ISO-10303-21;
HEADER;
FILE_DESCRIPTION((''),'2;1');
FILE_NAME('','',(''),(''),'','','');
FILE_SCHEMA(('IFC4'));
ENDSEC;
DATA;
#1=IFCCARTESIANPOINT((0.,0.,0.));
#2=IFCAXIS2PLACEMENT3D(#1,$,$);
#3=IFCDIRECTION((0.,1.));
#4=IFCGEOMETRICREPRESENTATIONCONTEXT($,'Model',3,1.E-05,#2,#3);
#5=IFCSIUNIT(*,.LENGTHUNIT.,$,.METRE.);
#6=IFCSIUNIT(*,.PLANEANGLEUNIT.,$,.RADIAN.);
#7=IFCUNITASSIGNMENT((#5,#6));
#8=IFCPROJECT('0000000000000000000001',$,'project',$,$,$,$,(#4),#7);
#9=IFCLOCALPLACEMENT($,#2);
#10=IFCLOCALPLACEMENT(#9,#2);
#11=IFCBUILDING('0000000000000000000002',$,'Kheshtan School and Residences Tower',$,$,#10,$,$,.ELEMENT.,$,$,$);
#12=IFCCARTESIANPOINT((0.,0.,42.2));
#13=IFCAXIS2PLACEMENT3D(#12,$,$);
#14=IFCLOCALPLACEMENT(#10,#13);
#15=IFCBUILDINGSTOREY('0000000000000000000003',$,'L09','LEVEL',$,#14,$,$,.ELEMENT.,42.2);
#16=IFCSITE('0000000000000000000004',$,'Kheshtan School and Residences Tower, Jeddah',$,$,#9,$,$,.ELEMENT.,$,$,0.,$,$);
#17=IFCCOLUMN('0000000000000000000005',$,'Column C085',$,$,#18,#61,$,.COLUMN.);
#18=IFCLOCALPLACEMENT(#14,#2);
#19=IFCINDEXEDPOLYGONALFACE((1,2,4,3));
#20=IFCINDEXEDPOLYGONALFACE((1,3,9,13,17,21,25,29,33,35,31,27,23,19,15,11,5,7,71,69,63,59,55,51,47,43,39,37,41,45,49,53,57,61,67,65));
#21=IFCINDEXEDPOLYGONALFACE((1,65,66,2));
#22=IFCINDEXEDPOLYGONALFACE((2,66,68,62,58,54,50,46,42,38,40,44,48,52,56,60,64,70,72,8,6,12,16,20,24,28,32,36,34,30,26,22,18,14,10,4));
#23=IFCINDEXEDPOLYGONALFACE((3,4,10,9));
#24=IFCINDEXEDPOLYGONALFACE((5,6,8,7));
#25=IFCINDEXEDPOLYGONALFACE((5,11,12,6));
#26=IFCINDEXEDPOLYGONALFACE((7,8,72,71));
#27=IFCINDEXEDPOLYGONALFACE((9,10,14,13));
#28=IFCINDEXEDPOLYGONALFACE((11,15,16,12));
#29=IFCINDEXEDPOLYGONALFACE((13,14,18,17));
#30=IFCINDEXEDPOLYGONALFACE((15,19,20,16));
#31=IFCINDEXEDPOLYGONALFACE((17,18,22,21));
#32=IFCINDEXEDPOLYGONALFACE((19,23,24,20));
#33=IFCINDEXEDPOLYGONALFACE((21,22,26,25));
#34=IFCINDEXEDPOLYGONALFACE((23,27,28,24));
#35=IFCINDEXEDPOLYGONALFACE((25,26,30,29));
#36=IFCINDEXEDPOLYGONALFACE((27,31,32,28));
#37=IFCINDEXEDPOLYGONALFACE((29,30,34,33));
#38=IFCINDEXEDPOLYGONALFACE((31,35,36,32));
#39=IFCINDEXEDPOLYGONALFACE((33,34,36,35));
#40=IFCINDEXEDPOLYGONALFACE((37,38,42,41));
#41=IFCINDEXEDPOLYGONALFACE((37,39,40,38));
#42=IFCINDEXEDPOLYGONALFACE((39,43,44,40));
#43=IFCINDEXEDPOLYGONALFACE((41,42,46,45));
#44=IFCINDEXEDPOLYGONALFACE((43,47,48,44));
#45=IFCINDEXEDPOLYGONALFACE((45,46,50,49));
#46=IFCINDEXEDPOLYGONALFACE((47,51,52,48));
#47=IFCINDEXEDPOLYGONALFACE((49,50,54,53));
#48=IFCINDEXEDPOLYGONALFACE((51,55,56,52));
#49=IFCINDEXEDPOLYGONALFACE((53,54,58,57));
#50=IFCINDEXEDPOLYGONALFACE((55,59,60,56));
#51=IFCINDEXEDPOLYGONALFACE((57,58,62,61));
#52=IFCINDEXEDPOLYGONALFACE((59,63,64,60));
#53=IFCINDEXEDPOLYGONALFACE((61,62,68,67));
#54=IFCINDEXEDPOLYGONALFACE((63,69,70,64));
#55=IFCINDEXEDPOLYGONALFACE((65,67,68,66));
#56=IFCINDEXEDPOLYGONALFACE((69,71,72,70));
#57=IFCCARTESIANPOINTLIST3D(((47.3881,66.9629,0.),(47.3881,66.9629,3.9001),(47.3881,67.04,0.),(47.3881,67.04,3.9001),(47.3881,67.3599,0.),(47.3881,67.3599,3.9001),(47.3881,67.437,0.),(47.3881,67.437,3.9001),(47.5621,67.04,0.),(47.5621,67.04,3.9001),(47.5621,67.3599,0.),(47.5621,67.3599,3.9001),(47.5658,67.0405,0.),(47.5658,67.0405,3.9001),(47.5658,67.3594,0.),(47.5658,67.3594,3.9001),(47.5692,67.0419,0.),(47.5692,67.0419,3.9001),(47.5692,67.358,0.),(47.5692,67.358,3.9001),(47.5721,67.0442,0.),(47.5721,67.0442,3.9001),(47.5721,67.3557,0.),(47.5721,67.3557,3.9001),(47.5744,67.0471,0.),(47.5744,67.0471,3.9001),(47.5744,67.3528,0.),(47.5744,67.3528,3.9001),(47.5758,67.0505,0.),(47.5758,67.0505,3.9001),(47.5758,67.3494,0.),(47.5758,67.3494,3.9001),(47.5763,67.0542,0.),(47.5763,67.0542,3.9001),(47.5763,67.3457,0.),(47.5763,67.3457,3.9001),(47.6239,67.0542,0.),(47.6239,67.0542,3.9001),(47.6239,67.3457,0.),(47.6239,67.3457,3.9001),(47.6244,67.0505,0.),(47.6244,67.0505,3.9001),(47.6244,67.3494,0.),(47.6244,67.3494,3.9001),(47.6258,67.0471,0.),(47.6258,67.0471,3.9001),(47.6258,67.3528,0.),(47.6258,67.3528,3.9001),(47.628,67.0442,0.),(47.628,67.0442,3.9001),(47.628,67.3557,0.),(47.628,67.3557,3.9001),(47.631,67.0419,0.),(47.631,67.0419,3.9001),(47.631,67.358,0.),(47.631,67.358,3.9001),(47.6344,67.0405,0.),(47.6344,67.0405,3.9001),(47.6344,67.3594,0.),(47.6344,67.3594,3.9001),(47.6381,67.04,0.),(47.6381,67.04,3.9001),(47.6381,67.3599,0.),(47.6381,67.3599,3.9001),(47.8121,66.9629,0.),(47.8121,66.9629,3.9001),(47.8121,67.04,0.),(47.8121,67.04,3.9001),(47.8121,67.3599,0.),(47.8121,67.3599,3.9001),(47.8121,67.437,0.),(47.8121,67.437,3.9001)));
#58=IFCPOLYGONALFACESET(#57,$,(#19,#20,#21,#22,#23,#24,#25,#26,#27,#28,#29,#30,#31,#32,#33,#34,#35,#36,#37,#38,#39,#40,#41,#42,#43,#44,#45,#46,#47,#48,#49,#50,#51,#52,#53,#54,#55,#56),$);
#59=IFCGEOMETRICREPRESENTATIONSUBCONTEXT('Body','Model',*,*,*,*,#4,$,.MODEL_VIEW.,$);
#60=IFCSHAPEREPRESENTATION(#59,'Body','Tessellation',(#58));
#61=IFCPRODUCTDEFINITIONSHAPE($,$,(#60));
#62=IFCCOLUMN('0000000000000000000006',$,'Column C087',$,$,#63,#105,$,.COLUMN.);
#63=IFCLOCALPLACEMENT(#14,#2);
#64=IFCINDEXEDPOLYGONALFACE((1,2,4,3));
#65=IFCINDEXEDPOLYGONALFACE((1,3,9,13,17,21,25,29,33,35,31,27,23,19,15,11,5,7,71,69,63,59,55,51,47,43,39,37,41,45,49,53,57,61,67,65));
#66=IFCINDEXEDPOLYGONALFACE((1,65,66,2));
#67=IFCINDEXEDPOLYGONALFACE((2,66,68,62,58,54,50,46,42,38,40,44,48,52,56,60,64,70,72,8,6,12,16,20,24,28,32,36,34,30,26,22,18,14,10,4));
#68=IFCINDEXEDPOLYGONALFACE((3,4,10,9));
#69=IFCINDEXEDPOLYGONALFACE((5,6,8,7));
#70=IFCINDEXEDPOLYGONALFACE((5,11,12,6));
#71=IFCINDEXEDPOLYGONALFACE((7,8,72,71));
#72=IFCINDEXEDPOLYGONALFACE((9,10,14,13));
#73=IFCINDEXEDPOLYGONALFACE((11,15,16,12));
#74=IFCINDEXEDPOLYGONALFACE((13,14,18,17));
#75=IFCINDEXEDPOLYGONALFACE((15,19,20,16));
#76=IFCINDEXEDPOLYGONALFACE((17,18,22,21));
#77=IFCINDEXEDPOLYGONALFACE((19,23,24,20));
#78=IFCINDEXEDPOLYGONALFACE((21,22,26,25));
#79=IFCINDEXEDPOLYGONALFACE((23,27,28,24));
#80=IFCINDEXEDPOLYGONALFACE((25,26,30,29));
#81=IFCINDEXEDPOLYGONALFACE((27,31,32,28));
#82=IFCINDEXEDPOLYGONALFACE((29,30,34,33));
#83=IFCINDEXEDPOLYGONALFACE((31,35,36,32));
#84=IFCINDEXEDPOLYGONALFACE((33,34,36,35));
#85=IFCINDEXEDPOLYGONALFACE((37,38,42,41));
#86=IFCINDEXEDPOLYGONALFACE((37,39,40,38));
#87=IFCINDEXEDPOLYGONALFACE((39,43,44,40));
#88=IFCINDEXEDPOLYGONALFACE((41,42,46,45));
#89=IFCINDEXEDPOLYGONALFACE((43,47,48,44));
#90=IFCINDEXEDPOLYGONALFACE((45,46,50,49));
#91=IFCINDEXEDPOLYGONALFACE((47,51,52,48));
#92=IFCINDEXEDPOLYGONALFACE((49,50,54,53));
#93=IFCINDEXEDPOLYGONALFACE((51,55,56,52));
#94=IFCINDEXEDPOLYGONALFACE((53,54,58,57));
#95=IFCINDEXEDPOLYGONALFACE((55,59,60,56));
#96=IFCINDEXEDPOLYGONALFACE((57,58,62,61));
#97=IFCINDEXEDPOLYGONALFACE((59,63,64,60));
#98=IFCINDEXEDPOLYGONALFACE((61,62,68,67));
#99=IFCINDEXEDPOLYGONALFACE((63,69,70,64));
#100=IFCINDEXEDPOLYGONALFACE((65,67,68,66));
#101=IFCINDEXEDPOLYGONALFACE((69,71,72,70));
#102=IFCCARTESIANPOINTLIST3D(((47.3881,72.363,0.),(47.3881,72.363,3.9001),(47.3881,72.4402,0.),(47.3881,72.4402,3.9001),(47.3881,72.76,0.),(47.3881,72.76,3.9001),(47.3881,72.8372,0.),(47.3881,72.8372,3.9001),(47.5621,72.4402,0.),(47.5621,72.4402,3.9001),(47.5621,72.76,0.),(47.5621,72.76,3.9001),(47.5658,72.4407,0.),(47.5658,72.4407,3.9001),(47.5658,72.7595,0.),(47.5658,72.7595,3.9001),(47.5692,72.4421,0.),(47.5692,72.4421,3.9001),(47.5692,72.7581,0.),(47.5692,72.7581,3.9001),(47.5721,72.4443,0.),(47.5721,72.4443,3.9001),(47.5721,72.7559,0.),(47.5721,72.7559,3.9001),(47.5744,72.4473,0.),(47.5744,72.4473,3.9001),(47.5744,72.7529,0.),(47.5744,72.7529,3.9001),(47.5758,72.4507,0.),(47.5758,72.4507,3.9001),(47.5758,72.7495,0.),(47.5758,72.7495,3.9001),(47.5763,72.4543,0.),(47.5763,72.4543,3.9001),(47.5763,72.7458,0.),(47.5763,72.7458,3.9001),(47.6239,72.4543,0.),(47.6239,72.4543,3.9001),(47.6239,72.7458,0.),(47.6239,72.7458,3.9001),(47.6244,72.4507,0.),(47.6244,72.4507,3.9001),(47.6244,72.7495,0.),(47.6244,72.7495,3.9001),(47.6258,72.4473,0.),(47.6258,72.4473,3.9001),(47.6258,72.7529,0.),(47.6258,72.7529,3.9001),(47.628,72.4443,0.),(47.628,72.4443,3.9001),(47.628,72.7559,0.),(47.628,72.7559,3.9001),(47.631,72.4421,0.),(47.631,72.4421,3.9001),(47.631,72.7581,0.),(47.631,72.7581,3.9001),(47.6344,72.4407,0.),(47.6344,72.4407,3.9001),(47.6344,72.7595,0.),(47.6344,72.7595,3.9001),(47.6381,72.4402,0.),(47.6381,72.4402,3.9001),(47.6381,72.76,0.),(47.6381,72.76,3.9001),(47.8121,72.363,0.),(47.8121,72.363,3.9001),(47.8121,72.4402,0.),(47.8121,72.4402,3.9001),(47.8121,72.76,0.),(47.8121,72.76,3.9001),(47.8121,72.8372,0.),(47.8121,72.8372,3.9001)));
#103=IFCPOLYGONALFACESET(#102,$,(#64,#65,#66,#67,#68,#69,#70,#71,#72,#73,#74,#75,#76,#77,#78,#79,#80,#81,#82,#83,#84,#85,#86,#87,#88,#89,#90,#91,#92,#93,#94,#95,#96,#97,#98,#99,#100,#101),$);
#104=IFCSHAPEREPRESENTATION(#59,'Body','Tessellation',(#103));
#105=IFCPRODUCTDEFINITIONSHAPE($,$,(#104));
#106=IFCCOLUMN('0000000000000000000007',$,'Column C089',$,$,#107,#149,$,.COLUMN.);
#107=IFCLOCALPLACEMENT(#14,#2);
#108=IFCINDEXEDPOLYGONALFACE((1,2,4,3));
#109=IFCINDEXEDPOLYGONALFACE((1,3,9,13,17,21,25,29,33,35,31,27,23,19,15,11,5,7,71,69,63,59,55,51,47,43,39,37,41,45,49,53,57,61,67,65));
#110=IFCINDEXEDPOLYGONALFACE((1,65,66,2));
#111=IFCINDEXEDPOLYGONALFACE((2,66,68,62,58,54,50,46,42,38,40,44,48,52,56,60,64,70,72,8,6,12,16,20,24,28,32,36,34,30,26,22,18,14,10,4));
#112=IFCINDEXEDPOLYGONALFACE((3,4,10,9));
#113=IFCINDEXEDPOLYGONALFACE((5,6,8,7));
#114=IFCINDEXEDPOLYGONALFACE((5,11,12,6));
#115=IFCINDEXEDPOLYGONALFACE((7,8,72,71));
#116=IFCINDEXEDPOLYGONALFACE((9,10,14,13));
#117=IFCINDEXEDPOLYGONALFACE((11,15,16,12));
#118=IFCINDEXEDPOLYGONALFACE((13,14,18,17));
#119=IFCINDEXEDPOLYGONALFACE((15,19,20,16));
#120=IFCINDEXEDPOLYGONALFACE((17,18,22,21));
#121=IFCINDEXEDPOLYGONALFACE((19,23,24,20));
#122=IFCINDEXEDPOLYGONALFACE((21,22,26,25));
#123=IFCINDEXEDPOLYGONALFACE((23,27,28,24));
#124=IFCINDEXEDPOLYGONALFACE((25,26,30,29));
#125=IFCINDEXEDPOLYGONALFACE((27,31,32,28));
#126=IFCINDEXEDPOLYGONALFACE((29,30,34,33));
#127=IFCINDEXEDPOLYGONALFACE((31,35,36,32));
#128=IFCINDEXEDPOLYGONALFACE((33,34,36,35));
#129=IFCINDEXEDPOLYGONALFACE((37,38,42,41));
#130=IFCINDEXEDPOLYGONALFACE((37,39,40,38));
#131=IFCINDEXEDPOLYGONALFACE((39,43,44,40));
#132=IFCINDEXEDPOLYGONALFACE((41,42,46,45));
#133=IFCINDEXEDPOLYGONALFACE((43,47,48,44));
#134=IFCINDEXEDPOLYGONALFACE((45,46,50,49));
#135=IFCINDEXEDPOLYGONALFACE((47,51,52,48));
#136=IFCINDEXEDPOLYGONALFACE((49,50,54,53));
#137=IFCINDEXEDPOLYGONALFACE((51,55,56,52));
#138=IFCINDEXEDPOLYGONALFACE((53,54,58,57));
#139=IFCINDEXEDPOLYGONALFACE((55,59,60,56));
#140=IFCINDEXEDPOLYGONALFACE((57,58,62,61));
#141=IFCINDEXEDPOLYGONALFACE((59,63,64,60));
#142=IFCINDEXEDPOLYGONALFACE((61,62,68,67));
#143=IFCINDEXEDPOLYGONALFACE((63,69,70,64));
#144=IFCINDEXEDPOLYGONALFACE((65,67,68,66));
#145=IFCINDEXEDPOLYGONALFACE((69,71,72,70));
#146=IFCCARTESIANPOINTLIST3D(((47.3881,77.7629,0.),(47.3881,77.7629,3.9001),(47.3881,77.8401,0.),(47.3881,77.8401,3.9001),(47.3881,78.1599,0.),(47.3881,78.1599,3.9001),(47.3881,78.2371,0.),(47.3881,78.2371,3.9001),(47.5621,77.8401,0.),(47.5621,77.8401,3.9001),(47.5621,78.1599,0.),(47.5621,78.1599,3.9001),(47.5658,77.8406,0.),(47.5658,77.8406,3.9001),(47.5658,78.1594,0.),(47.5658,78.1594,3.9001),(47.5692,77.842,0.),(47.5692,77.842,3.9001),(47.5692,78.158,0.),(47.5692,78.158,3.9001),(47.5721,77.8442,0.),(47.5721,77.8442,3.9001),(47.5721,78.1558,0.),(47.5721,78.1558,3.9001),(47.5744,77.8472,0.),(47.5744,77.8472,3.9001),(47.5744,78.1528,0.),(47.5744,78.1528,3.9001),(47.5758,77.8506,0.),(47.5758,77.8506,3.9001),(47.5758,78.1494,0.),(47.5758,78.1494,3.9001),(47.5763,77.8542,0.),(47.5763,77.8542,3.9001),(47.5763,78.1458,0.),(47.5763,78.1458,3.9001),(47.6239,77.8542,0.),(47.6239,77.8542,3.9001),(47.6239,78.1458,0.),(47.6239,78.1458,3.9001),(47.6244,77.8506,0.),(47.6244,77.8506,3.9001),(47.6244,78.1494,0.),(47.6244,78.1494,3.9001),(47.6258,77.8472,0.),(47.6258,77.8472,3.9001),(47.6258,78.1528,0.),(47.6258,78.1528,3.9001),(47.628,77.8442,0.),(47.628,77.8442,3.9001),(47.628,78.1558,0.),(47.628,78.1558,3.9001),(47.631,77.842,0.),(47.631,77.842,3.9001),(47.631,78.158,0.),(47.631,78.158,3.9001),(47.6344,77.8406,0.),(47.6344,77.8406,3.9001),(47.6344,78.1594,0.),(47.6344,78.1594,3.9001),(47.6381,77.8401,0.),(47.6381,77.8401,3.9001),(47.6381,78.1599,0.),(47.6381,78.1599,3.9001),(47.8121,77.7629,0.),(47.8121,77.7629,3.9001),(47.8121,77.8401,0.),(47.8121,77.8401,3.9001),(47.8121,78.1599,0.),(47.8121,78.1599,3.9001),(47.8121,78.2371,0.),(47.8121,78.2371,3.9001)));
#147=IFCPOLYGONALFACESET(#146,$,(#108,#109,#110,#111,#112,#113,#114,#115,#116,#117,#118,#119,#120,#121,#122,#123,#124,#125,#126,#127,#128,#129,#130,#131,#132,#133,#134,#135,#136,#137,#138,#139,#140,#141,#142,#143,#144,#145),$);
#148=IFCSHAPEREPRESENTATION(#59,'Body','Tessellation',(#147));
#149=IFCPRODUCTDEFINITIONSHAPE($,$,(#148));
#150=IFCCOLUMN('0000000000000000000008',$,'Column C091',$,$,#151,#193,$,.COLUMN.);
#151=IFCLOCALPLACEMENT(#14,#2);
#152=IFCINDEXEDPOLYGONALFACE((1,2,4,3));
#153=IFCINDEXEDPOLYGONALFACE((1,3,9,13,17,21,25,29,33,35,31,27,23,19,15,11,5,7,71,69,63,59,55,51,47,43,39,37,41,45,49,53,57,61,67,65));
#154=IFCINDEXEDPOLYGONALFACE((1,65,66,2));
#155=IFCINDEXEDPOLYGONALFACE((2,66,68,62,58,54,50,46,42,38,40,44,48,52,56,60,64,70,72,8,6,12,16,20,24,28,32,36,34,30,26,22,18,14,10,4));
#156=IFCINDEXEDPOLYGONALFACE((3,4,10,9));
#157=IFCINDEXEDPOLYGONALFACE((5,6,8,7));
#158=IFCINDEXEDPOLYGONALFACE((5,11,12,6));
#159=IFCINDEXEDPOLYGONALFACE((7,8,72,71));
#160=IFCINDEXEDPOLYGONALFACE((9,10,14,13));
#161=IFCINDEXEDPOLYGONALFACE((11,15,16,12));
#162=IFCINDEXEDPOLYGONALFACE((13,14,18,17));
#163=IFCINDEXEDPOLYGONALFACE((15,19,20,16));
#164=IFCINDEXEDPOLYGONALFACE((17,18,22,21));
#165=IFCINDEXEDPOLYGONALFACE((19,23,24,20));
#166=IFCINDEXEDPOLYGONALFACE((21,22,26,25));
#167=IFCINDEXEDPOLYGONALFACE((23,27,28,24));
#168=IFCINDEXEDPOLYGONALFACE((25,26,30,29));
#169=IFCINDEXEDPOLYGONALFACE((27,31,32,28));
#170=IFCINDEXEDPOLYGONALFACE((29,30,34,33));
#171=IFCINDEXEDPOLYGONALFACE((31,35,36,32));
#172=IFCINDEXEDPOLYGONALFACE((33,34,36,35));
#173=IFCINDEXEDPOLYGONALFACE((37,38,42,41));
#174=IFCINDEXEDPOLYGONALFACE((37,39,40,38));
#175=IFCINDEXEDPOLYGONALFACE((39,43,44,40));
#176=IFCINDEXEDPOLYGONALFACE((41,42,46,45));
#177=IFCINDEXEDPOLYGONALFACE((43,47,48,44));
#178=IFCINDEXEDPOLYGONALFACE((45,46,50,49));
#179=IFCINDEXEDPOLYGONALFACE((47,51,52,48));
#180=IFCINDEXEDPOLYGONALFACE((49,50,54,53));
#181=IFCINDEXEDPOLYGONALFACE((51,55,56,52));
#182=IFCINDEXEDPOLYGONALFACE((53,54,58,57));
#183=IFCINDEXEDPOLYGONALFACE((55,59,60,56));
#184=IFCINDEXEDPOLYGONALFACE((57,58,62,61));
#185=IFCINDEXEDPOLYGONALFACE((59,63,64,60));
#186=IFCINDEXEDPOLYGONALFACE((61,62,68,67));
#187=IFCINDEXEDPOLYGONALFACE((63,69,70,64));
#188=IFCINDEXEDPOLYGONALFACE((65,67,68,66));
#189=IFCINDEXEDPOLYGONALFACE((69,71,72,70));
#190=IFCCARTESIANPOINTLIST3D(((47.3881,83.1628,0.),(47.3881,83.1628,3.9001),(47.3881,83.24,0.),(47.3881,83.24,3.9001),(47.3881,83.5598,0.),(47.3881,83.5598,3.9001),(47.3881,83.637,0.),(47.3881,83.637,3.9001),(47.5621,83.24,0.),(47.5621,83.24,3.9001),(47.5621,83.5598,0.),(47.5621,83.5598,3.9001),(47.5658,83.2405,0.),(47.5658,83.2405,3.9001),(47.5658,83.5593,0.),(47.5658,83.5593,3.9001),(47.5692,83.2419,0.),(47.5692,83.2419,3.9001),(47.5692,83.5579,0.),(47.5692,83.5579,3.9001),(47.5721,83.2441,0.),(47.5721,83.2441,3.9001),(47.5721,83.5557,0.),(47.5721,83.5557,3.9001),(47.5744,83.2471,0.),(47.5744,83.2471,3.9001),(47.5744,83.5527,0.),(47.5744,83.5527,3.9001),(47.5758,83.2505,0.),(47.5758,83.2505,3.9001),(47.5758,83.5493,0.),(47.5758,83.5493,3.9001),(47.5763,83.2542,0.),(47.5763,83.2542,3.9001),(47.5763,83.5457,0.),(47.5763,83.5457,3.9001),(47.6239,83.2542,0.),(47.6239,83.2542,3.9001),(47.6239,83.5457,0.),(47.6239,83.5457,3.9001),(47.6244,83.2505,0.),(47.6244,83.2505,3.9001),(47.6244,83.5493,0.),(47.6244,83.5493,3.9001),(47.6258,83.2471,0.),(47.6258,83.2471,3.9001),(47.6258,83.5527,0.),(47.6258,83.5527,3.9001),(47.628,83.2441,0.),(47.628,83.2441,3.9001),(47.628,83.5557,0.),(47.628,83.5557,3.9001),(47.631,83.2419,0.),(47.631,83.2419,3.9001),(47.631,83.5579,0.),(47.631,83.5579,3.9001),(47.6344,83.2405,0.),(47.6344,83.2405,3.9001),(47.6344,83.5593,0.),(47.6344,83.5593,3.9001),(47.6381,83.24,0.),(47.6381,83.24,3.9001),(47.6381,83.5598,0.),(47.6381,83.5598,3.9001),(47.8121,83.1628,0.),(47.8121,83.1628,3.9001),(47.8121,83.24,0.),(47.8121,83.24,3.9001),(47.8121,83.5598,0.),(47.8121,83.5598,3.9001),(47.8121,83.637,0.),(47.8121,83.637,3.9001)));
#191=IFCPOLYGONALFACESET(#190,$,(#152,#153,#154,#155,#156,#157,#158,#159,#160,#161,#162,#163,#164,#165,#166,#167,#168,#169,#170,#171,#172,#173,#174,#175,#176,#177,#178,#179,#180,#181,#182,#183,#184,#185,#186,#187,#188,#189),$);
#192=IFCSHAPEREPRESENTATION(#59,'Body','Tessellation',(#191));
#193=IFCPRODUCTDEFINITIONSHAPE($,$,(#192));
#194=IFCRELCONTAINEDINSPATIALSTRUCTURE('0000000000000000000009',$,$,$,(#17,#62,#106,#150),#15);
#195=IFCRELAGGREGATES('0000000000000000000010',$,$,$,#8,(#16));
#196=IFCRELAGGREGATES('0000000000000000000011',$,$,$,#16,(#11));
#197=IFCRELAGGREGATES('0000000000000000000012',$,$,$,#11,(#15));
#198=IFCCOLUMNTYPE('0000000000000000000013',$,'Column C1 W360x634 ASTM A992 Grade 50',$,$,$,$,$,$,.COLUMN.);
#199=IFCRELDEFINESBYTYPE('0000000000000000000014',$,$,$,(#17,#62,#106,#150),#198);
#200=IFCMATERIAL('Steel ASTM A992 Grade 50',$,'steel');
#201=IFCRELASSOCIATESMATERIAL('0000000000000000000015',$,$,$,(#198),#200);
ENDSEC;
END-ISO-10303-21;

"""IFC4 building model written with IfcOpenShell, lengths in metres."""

from ifc_helpers import new_model, si_unit, direction, frame, origin, origin_2d, place, context, subcontext, project, spatial, i_section, extrude, material, material_profile, profile_set, type_object, element, save


model = new_model("IFC4")

# Units and contexts
model_context = context("Model", 3, precision=1e-05, world=origin(), true_north=direction((0.0, 1.0)))
body_context = subcontext(model_context, "Body", "Model", "MODEL_VIEW")
ifc_project = project(units=[si_unit("LENGTHUNIT", "METRE"), si_unit("PLANEANGLEUNIT", "RADIAN")], contexts=[model_context])

# Site, building, storey
site_placement = place(None, origin())
site = spatial("IfcSite", under=ifc_project, at=site_placement, Name="Kheshtan School and Residences Tower, Jeddah", CompositionType="ELEMENT", RefElevation=0.0)
building_placement = place(site_placement, origin())
building = spatial("IfcBuilding", under=site, at=building_placement, Name="Kheshtan School and Residences Tower", CompositionType="ELEMENT")
storey_placement = place(building_placement, frame((0.0, 0.0, 42.2)))
storey = spatial("IfcBuildingStorey", under=building, at=storey_placement, Name="L09", Description="LEVEL", CompositionType="ELEMENT", Elevation=42.2)

# Columns
ifc_material_1 = material(Name="Steel ASTM A992 Grade 50", Category="steel")
ifc_material_profile_1 = material_profile(ifc_material_1, i_section(OverallWidth=0.4241, OverallDepth=0.4741, WebThickness=0.0476, FlangeThickness=0.0771, FilletRadius=0.0142, at=origin_2d()), Name="W360x634")
ifc_profile_set_1 = profile_set([ifc_material_profile_1], Name="Steel ASTM A992 Grade 50")
column_type = type_object("IfcColumnType", Name="Column C1 W360x634 ASTM A992 Grade 50", PredefinedType="COLUMN", material=ifc_profile_set_1)
for number, where, z_axis, x_axis, name in (
    (1, (47.6001, 67.2, 0.0), (0.0, 0.0, 1.0), (1.0, 0.0, 0.0), "Column C085"),
    (2, (47.6001, 72.6001, 0.0), (0.0, 0.0, 1.0), (1.0, 0.0, 0.0), "Column C087"),
    (3, (47.6001, 78.0, 0.0), (0.0, 0.0, 1.0), (1.0, 0.0, 0.0), "Column C089"),
    (4, (47.6001, 83.3999, 0.0), (0.0, 0.0, 1.0), (1.0, 0.0, 0.0), "Column C091"),
):
    element("IfcColumn", number, at=place(storey_placement, frame(where, z_axis=z_axis, x_axis=x_axis)), inside=storey, type_object=column_type, Name=name, PredefinedType="COLUMN", context=body_context, shape_type="SweptSolid", body=[
        extrude(i_section(OverallWidth=0.4241, OverallDepth=0.4741, WebThickness=0.0476, FlangeThickness=0.0771, FilletRadius=0.0142, at=origin_2d()), origin(), (0.0, 0.0, 1.0), 3.9001),
    ])

save(model, "model.ifc")
